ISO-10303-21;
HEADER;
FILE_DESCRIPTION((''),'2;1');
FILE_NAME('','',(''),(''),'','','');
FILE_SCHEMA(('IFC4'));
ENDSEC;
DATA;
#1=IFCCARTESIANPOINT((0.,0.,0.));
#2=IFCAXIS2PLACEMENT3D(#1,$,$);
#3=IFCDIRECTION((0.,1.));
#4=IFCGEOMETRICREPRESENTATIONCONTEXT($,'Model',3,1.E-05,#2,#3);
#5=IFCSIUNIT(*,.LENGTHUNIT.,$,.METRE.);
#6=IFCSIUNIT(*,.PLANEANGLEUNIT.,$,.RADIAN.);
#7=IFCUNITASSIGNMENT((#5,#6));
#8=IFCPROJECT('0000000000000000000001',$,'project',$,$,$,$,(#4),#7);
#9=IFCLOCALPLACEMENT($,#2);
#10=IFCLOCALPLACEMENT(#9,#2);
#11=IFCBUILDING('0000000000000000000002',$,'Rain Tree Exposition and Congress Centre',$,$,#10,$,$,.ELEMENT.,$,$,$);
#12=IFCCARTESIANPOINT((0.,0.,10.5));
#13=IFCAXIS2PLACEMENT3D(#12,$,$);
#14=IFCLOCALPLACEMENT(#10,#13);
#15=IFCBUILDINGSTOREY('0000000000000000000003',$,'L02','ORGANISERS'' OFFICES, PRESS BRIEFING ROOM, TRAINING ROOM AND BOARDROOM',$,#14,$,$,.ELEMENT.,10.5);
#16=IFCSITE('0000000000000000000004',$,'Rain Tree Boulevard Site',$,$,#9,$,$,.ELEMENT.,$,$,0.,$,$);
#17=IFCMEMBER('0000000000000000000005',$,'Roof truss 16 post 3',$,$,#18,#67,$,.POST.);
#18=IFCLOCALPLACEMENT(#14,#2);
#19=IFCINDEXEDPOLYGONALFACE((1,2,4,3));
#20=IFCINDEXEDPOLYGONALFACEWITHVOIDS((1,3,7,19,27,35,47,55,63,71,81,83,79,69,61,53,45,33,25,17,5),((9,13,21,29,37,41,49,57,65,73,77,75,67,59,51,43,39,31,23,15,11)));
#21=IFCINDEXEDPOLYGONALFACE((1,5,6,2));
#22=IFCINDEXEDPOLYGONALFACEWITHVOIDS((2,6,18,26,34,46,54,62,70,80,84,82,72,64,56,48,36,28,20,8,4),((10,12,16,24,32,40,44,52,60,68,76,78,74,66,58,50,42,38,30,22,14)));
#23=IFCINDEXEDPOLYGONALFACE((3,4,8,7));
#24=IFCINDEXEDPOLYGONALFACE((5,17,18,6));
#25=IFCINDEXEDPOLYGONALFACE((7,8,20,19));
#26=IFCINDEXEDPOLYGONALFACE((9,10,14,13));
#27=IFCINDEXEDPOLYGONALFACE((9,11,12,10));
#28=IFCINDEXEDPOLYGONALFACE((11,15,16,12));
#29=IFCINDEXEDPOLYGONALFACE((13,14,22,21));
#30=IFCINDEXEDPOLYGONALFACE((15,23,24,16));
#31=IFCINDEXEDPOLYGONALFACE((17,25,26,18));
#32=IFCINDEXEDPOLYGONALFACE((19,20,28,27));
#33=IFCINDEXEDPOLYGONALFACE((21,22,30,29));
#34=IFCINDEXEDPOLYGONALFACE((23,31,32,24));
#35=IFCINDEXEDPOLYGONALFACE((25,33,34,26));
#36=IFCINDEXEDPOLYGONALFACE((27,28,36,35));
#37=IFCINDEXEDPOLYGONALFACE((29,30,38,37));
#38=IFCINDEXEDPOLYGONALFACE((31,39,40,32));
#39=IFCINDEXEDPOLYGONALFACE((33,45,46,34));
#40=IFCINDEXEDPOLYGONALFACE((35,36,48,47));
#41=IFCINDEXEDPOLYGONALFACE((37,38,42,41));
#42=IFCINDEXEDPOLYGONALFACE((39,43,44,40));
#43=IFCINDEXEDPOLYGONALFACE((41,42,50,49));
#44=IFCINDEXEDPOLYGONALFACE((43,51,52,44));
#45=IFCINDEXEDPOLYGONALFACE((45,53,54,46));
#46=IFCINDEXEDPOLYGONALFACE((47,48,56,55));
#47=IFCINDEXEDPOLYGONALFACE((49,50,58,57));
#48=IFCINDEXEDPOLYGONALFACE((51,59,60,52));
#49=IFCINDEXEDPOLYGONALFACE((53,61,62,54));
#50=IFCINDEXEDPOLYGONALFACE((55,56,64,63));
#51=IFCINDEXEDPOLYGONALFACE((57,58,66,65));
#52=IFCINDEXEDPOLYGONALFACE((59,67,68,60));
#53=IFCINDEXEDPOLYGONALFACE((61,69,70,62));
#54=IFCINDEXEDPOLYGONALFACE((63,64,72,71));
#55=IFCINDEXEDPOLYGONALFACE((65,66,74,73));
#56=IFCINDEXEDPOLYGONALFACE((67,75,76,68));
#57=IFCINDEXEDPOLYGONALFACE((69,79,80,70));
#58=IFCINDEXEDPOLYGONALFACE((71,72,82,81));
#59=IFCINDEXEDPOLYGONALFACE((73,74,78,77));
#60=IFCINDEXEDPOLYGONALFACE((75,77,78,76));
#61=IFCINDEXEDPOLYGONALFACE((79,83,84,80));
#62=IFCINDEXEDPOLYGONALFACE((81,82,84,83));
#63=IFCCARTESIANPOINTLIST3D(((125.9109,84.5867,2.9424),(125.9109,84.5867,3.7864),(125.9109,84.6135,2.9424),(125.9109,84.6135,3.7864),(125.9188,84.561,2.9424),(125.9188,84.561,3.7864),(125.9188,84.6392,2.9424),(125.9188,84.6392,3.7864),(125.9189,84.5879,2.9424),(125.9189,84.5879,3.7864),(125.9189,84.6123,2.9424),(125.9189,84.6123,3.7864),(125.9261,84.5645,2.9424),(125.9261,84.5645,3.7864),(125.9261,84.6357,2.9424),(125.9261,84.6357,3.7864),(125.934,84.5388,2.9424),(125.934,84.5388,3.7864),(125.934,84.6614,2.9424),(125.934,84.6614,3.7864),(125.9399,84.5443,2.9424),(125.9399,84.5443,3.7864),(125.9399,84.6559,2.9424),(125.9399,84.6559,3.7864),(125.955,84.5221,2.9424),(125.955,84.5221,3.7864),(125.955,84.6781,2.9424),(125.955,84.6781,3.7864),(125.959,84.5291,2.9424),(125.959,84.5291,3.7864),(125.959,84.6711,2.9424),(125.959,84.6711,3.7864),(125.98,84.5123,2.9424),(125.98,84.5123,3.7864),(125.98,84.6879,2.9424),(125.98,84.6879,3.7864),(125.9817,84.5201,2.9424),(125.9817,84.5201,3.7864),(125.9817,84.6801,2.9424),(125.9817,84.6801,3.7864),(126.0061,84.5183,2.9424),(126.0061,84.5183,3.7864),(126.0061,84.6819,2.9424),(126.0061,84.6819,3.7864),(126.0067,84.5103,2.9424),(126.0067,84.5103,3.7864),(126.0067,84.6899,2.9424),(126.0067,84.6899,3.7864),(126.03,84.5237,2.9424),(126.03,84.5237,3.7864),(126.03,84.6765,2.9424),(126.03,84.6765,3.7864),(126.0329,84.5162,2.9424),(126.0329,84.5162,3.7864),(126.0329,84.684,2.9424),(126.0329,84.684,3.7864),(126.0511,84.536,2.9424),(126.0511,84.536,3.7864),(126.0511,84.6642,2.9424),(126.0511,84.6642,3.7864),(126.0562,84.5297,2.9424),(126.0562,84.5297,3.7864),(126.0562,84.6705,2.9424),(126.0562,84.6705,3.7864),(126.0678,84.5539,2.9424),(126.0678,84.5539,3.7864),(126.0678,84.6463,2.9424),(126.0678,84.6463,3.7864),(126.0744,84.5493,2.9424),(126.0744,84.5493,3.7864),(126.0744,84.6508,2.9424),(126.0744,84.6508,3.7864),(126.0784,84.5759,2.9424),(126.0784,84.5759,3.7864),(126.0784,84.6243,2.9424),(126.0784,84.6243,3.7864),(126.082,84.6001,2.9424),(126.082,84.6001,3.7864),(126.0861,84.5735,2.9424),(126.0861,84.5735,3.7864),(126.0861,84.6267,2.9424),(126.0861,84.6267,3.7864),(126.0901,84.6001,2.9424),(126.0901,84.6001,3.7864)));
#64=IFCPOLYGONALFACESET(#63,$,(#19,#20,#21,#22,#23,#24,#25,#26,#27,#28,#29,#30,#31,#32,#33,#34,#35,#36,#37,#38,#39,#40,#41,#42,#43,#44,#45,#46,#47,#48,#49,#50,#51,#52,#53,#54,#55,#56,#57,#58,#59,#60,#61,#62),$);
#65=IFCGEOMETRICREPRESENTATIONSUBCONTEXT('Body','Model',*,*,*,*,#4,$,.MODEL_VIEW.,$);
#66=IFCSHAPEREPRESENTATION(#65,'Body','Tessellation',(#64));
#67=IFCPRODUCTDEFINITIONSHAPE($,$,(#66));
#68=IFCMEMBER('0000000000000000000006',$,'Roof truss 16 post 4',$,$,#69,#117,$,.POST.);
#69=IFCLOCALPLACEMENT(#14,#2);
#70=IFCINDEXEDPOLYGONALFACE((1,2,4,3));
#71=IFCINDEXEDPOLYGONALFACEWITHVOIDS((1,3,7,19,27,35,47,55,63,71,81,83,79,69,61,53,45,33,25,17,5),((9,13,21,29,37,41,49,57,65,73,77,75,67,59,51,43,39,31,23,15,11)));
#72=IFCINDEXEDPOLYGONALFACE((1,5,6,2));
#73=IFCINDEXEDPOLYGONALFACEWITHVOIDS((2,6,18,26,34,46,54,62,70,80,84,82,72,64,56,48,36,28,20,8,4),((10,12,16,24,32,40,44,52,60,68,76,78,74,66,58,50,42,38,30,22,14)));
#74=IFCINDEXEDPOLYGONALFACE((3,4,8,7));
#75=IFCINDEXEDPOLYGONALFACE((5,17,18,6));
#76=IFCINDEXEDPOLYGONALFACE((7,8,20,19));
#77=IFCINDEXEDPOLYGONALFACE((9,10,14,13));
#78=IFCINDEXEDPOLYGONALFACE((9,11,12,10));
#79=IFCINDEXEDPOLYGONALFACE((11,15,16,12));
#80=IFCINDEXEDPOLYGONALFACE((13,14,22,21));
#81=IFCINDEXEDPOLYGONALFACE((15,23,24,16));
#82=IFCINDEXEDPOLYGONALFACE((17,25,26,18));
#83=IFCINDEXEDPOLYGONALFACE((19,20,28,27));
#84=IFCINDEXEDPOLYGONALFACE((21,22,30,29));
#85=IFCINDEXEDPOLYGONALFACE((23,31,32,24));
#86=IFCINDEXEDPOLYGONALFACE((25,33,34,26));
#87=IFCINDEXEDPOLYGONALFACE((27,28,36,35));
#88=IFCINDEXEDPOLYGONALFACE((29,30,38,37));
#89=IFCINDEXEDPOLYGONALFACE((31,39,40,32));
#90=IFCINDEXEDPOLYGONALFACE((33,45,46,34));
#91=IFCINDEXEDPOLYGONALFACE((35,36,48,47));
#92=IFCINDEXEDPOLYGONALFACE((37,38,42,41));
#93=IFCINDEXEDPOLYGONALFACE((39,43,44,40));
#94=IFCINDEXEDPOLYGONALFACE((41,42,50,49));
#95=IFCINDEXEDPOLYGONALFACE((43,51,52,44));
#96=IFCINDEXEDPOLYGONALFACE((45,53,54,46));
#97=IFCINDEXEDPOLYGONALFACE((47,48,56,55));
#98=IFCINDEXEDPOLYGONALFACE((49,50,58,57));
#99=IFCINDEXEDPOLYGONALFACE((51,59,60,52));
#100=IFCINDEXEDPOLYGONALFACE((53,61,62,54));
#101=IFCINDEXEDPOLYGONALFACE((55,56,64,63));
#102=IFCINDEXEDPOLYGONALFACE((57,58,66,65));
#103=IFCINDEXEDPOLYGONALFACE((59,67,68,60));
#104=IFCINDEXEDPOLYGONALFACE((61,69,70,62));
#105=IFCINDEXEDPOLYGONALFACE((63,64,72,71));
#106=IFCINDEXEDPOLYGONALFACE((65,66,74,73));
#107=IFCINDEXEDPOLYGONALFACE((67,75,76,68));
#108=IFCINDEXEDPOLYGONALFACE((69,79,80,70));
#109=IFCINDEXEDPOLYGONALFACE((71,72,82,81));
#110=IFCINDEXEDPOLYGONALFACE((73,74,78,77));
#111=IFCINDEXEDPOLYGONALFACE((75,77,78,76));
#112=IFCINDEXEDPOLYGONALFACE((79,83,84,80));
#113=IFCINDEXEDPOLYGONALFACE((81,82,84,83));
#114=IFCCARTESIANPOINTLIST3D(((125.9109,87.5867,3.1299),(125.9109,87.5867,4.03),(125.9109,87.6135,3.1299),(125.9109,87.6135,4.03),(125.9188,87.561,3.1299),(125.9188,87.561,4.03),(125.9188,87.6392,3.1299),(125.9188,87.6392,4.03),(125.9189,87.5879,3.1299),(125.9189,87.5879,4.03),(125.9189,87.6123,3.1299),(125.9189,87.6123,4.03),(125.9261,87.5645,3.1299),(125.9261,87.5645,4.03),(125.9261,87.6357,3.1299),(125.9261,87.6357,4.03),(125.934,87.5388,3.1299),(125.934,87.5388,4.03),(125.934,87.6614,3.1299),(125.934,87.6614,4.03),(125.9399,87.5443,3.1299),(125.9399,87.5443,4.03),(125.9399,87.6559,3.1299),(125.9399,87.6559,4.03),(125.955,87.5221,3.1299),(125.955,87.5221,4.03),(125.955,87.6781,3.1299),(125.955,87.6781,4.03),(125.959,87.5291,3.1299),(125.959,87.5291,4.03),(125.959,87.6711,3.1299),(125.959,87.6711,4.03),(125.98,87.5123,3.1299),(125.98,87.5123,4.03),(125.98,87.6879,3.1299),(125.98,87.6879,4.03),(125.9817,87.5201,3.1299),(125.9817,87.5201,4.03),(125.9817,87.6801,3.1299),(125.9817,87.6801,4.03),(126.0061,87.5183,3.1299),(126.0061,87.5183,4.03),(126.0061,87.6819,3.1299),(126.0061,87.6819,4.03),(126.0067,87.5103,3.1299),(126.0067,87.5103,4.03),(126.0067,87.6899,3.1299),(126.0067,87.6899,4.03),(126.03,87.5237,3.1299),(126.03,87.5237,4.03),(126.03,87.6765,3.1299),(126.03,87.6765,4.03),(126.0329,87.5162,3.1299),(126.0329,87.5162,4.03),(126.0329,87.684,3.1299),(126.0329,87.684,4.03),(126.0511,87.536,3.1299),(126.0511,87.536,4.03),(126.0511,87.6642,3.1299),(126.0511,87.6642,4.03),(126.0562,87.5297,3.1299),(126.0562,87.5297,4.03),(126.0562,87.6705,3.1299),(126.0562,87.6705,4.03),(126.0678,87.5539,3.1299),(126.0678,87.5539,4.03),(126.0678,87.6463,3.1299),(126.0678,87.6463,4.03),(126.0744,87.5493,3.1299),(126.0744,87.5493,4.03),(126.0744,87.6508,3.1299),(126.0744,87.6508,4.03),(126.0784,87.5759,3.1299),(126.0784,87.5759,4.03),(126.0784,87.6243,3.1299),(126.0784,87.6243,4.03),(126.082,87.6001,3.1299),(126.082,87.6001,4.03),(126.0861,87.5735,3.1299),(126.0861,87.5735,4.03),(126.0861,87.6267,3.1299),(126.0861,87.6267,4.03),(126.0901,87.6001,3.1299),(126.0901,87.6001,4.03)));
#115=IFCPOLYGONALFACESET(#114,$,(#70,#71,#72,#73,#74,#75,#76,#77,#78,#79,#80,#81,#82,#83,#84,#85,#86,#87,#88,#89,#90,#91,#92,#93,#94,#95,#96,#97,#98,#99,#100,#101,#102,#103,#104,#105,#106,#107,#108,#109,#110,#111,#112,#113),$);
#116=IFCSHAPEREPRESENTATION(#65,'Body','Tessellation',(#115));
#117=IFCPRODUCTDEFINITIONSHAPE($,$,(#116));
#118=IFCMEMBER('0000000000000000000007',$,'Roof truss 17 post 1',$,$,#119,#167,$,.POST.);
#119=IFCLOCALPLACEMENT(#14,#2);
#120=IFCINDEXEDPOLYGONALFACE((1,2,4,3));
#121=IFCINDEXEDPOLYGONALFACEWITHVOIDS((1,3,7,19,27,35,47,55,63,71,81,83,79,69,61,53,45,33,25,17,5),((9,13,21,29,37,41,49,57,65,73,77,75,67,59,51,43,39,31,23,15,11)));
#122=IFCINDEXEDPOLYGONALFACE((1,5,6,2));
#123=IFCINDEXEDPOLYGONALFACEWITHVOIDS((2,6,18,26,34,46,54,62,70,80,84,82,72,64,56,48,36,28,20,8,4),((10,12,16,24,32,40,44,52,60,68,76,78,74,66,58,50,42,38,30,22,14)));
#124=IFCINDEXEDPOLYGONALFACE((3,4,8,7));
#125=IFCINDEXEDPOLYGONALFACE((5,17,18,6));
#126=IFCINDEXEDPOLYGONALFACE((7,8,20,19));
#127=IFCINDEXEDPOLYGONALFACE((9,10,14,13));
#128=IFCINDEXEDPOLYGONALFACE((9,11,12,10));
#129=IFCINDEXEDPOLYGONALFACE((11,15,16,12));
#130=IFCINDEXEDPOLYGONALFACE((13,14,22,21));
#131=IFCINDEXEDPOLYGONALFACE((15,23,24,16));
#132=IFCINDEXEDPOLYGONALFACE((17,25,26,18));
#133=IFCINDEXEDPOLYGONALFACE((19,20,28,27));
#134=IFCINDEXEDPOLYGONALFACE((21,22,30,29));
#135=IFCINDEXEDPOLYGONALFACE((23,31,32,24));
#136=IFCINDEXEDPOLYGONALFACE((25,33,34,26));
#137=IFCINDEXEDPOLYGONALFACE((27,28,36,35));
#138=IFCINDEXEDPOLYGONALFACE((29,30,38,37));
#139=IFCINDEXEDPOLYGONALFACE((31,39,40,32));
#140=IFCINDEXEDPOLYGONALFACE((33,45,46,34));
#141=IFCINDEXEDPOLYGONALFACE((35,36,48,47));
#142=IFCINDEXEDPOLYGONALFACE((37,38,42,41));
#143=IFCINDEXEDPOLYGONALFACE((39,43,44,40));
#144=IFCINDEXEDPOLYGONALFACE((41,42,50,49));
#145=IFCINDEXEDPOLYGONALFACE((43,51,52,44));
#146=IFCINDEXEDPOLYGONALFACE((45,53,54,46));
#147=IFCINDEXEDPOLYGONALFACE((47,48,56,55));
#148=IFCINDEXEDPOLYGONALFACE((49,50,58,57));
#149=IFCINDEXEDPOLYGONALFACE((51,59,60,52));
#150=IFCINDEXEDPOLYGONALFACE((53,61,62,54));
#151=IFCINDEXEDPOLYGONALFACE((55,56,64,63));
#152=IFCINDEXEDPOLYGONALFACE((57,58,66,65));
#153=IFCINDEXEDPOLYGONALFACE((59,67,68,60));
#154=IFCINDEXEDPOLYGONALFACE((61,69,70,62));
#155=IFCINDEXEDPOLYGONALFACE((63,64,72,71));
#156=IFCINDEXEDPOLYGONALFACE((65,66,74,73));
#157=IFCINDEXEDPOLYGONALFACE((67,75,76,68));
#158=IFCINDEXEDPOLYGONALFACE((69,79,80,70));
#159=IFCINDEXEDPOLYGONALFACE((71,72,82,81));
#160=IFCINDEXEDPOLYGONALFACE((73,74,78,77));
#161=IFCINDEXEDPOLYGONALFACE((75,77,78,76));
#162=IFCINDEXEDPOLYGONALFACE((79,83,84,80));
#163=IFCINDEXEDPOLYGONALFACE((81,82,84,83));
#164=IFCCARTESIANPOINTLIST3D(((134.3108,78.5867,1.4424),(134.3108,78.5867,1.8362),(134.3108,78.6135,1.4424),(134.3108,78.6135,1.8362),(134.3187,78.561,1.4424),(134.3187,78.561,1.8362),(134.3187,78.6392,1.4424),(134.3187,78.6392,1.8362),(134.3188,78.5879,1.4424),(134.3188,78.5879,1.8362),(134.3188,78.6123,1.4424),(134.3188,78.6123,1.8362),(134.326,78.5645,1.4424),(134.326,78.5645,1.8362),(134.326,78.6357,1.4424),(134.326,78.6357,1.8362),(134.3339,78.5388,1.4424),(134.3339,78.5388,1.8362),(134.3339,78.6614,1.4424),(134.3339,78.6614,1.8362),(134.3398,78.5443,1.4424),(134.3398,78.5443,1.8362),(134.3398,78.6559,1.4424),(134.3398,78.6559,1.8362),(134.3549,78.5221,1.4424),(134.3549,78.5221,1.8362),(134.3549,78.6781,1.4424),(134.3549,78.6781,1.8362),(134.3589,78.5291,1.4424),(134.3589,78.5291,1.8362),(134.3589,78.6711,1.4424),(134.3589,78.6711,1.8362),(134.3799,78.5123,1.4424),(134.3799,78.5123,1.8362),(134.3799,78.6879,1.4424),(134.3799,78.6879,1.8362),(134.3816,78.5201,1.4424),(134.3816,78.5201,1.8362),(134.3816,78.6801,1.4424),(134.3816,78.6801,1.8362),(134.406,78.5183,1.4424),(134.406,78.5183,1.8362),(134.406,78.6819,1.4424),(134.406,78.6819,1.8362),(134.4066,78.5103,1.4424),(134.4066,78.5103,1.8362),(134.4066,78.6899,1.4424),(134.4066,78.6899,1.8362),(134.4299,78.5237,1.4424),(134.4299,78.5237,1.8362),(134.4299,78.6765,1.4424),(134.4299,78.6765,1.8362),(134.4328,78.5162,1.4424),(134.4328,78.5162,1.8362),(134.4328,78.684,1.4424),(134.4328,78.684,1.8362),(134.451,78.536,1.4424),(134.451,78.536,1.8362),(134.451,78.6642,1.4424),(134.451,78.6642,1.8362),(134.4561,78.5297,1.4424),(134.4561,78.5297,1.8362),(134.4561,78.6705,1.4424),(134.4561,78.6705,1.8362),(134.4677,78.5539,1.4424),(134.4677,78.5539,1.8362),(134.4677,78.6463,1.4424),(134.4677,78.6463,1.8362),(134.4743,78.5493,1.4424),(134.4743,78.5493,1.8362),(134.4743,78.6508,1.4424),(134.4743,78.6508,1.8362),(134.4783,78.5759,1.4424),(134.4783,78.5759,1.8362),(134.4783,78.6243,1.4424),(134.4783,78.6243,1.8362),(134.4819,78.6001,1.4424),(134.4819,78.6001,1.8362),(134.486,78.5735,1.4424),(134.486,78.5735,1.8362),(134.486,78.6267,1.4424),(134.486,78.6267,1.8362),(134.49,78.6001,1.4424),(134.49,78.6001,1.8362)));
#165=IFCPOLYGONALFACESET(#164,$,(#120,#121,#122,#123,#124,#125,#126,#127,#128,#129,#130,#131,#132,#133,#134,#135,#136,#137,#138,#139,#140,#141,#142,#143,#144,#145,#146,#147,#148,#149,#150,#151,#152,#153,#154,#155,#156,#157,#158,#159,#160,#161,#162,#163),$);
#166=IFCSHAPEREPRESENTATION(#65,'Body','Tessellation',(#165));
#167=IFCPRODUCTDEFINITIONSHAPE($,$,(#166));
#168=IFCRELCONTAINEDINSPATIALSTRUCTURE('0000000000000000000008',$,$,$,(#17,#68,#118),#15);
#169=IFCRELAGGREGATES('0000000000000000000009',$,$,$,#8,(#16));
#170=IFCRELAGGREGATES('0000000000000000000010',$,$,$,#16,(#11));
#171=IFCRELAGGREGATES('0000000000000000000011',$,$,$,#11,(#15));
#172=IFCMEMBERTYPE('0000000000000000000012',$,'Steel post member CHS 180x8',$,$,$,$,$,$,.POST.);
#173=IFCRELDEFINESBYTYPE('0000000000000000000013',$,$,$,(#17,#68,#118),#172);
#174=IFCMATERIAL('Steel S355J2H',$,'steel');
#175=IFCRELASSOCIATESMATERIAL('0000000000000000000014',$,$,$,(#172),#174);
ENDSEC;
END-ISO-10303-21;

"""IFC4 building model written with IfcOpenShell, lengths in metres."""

from ifc_helpers import new_model, si_unit, direction, frame, origin, origin_2d, place, context, subcontext, project, spatial, hollow_circle, extrude, material, material_profile, profile_set, type_object, element, save


model = new_model("IFC4")

# Units and contexts
model_context = context("Model", 3, precision=1e-05, world=origin(), true_north=direction((0.0, 1.0)))
body_context = subcontext(model_context, "Body", "Model", "MODEL_VIEW")
ifc_project = project(units=[si_unit("LENGTHUNIT", "METRE"), si_unit("PLANEANGLEUNIT", "RADIAN")], contexts=[model_context])

# Site, building, storey
site_placement = place(None, origin())
site = spatial("IfcSite", under=ifc_project, at=site_placement, Name="Rain Tree Boulevard Site", CompositionType="ELEMENT", RefElevation=0.0)
building_placement = place(site_placement, origin())
building = spatial("IfcBuilding", under=site, at=building_placement, Name="Rain Tree Exposition and Congress Centre", CompositionType="ELEMENT")
storey_placement = place(building_placement, frame((0.0, 0.0, 10.5)))
storey = spatial("IfcBuildingStorey", under=building, at=storey_placement, Name="L02", Description="ORGANISERS' OFFICES, PRESS BRIEFING ROOM, TRAINING ROOM AND BOARDROOM", CompositionType="ELEMENT", Elevation=10.5)

# Members
ifc_material_1 = material(Name="Steel S355J2H", Category="steel")
ifc_material_profile_1 = material_profile(ifc_material_1, hollow_circle(Radius=0.0901, WallThickness=0.0081, at=origin_2d()), Name="CHS 180x8")
ifc_profile_set_1 = profile_set([ifc_material_profile_1], Name="Steel S355J2H")
member_type_1 = type_object("IfcMemberType", Name="Steel post member CHS 180x8", PredefinedType="POST", material=ifc_profile_set_1)
member_1_placement = place(storey_placement, frame((126.0, 84.6001, 2.9424), z_axis=(0.0, 0.0, 1.0), x_axis=(1.0, 0.0, 0.0)))
element("IfcMember", 1, at=member_1_placement, inside=storey, type_object=member_type_1, Name="Roof truss 16 post 3", PredefinedType="POST", context=body_context, shape_type="SweptSolid", body=[
    extrude(hollow_circle(Radius=0.0901, WallThickness=0.0081, at=origin_2d()), origin(), (0.0, 0.0, 1.0), 0.844),
])
member_2_placement = place(storey_placement, frame((126.0, 87.6001, 3.1299), z_axis=(0.0, 0.0, 1.0), x_axis=(1.0, 0.0, 0.0)))
element("IfcMember", 2, at=member_2_placement, inside=storey, type_object=member_type_1, Name="Roof truss 16 post 4", PredefinedType="POST", context=body_context, shape_type="SweptSolid", body=[
    extrude(hollow_circle(Radius=0.0901, WallThickness=0.0081, at=origin_2d()), origin(), (0.0, 0.0, 1.0), 0.9001),
])
member_3_placement = place(storey_placement, frame((134.3999, 78.6001, 1.4424), z_axis=(0.0, 0.0, 1.0), x_axis=(1.0, 0.0, 0.0)))
element("IfcMember", 3, at=member_3_placement, inside=storey, type_object=member_type_1, Name="Roof truss 17 post 1", PredefinedType="POST", context=body_context, shape_type="SweptSolid", body=[
    extrude(hollow_circle(Radius=0.0901, WallThickness=0.0081, at=origin_2d()), origin(), (0.0, 0.0, 1.0), 0.3938),
])

save(model, "model.ifc")
